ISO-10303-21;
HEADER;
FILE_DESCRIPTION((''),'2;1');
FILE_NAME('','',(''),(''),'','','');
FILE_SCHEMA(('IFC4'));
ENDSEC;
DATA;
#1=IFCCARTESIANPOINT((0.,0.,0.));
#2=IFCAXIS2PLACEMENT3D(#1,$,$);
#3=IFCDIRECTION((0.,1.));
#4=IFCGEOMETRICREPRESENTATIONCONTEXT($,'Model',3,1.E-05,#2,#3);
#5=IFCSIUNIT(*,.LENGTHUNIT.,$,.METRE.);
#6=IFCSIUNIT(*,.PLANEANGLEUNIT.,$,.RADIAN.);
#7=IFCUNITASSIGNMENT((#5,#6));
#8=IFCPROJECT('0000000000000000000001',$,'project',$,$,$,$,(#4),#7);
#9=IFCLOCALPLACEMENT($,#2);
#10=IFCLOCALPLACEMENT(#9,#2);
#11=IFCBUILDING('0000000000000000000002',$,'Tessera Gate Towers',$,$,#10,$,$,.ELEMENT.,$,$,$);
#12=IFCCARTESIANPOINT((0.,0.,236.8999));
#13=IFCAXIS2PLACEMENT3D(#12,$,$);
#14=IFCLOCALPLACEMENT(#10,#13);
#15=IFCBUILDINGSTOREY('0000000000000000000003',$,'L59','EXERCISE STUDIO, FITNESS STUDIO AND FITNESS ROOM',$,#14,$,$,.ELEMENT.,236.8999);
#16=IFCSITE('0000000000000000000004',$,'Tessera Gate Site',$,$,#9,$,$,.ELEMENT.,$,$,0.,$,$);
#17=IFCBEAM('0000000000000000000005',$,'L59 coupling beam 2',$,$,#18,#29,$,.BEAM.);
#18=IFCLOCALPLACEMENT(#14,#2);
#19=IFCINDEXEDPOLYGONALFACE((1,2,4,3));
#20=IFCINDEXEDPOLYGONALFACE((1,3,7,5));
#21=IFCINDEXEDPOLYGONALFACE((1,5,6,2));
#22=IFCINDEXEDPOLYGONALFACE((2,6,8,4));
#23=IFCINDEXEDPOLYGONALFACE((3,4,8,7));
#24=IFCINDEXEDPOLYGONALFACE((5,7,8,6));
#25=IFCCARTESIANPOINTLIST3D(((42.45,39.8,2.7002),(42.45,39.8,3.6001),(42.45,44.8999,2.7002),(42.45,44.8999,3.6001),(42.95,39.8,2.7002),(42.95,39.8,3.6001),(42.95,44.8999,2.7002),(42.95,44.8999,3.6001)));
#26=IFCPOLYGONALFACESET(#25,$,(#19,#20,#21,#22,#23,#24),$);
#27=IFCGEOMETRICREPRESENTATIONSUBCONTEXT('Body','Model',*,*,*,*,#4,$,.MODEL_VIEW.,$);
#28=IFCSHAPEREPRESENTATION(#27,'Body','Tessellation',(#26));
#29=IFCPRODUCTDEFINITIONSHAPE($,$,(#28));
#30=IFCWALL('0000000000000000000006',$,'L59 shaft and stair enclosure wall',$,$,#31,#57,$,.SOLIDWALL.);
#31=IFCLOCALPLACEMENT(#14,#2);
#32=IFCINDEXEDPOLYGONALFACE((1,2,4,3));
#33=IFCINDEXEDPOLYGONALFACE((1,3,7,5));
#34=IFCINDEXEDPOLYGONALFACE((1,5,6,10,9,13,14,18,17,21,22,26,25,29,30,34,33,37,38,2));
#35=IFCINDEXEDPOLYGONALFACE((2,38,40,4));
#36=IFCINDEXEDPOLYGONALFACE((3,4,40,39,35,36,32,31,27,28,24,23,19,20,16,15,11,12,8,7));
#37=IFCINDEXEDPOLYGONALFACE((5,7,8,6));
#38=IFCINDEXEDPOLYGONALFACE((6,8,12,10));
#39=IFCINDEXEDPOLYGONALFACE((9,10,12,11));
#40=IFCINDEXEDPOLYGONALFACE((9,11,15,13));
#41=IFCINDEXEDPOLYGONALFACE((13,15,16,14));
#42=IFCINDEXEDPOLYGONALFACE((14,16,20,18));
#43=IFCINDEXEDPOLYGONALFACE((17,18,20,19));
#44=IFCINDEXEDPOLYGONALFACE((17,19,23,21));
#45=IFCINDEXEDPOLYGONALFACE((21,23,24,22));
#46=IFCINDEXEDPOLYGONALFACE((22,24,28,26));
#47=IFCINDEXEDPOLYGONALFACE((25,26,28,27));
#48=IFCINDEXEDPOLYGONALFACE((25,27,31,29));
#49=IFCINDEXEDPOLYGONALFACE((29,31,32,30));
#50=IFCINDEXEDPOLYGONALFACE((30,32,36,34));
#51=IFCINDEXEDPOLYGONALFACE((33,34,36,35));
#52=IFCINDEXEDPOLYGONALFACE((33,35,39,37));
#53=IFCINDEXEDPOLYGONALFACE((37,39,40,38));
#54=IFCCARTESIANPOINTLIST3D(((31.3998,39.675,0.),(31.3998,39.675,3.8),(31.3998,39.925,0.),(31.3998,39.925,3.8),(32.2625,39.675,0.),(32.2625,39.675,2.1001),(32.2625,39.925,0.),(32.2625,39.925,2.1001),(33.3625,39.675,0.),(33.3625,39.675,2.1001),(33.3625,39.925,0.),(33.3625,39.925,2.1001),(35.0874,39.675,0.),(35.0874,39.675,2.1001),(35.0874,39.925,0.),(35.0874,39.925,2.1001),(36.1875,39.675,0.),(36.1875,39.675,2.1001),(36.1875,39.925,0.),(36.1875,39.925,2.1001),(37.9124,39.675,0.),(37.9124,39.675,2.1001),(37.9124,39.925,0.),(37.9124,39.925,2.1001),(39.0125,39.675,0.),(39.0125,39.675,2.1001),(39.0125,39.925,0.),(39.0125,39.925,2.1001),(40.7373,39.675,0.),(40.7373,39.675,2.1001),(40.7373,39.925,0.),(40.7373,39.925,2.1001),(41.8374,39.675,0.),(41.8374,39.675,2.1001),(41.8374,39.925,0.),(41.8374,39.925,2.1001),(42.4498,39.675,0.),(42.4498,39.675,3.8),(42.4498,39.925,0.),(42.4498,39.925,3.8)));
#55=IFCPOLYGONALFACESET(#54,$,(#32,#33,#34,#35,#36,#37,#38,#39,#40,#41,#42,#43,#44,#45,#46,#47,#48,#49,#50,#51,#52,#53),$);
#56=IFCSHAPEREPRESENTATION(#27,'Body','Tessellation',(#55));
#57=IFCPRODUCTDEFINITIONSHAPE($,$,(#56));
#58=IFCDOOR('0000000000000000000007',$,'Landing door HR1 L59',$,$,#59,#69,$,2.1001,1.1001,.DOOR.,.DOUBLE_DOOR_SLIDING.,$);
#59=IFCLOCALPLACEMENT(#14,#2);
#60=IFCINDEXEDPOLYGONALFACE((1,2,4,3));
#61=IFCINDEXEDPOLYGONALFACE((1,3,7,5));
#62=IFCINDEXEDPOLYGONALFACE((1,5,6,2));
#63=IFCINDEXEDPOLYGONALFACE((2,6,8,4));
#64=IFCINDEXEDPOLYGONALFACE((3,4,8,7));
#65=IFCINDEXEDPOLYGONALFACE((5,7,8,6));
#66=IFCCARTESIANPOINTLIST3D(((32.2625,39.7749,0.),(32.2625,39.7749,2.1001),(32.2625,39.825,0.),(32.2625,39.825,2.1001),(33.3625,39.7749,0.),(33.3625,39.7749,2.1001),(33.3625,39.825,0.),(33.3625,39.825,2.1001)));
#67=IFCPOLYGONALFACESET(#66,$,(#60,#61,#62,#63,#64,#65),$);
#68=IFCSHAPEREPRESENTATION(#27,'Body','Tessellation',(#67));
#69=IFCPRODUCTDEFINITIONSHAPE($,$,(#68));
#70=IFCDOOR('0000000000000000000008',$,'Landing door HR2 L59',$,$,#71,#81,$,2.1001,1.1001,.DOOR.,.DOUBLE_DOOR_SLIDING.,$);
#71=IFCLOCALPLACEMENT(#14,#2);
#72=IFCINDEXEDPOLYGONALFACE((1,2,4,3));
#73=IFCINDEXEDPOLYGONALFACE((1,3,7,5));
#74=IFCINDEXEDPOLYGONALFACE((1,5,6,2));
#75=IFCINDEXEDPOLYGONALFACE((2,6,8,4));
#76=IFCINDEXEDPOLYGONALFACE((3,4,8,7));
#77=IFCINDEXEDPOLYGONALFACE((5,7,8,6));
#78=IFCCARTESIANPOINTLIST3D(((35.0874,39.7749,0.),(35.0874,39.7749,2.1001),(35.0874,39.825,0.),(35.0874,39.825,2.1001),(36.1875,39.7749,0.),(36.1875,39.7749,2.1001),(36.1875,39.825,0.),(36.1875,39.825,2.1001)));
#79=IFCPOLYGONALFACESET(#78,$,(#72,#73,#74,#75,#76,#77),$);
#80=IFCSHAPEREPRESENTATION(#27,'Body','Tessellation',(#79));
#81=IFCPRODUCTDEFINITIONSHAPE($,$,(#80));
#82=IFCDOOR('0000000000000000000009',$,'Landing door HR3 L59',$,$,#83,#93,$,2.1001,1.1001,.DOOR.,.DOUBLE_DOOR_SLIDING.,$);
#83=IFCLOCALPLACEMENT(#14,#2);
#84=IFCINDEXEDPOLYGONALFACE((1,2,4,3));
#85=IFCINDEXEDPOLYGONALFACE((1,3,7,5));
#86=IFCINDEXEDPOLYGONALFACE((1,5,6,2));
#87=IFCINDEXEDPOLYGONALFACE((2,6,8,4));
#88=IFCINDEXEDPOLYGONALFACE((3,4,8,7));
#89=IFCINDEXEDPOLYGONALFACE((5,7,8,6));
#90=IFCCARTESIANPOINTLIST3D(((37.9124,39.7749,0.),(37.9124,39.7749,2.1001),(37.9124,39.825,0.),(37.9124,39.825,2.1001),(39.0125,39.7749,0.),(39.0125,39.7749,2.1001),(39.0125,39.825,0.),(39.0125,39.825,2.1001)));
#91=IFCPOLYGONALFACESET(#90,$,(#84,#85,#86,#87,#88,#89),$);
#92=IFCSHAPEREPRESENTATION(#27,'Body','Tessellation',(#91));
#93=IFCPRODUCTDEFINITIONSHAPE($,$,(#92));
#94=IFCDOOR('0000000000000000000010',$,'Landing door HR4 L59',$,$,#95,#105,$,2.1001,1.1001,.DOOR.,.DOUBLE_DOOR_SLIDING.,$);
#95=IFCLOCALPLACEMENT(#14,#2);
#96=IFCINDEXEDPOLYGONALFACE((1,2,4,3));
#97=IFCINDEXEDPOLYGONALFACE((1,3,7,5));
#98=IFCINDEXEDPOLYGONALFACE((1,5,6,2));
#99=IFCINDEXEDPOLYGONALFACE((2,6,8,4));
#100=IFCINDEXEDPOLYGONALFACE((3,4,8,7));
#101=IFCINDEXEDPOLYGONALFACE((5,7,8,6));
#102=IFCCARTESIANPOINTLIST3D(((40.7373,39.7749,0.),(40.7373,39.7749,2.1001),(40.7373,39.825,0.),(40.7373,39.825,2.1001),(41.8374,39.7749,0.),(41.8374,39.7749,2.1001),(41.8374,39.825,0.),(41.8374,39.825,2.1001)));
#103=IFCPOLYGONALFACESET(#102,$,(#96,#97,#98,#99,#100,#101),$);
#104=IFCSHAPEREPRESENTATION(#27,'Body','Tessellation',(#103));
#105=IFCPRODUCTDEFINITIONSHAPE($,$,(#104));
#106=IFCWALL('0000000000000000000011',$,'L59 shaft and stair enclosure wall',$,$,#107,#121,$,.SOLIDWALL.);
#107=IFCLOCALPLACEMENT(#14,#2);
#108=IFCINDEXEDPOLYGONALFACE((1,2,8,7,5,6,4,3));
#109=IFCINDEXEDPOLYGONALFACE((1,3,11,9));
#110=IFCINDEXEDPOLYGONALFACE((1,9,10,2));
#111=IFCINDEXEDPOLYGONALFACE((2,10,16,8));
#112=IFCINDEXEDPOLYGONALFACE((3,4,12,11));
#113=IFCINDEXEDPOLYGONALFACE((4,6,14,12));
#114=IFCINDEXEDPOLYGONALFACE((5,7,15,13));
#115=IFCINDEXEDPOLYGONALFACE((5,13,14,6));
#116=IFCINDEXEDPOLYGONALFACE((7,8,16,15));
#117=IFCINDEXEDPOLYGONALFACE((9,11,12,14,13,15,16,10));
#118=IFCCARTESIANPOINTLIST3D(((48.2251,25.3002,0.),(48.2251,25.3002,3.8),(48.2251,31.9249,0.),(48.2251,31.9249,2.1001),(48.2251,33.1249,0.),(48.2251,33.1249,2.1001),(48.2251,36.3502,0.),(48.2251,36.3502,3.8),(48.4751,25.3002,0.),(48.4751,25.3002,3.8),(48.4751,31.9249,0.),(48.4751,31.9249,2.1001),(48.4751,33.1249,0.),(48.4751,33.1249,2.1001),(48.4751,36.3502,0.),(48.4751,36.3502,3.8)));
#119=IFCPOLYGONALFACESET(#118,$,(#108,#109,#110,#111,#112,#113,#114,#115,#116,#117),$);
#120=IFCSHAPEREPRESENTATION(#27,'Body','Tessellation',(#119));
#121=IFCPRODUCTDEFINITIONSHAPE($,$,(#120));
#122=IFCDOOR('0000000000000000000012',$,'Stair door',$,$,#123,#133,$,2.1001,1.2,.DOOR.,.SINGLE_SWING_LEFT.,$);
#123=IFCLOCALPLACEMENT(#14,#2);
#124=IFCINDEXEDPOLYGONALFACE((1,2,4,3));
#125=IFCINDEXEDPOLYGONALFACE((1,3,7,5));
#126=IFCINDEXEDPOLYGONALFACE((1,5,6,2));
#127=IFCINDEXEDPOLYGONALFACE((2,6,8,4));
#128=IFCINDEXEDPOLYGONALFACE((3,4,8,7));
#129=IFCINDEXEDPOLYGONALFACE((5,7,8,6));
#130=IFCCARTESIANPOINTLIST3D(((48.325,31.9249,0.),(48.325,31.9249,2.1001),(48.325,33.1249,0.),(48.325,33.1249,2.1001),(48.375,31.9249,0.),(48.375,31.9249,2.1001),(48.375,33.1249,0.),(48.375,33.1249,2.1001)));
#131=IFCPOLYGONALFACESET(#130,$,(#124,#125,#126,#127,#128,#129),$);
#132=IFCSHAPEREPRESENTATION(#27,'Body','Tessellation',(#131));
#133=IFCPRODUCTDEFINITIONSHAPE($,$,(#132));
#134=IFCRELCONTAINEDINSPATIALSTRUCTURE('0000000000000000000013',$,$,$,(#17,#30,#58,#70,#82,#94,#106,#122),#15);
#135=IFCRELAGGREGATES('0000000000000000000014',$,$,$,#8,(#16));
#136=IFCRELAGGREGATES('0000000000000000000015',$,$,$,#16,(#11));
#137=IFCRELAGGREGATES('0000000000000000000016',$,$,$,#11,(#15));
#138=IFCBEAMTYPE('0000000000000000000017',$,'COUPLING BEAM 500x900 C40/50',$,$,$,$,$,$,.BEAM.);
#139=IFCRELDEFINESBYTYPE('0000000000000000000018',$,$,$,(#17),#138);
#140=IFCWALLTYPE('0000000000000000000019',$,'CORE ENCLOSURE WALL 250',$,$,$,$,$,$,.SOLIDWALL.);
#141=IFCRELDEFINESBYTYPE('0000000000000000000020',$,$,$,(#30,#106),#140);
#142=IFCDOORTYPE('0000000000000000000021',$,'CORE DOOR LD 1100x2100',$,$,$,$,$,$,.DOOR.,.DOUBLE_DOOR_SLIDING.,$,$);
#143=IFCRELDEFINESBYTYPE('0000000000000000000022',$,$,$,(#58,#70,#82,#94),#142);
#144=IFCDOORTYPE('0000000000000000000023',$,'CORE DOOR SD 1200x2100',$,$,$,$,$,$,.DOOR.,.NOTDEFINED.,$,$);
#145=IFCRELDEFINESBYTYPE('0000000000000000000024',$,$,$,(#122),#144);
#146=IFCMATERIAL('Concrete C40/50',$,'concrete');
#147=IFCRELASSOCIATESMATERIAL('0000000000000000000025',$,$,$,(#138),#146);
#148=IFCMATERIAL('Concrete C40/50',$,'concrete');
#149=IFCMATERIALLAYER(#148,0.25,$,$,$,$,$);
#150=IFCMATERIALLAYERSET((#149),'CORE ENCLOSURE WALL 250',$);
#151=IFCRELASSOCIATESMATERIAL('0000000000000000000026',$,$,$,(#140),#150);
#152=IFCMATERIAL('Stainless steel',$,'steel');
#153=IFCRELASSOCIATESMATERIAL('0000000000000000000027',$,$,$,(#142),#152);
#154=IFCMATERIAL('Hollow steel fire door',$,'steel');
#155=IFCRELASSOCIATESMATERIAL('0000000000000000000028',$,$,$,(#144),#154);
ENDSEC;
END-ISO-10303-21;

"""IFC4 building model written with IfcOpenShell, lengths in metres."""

from ifc_helpers import new_model, si_unit, direction, frame, frame_2d, origin, origin_2d, place, context, subcontext, project, spatial, rectangle, extrude, source, transform, mapped, material, layer, layer_set, material_profile, profile_set, type_object, element, fill, save


model = new_model("IFC4")

# Units and contexts
model_context = context("Model", 3, precision=1e-05, world=origin(), true_north=direction((0.0, 1.0)))
body_context = subcontext(model_context, "Body", "Model", "MODEL_VIEW")
ifc_project = project(units=[si_unit("LENGTHUNIT", "METRE"), si_unit("PLANEANGLEUNIT", "RADIAN")], contexts=[model_context])

# Site, building, storey
site_placement = place(None, origin())
site = spatial("IfcSite", under=ifc_project, at=site_placement, Name="Tessera Gate Site", CompositionType="ELEMENT", RefElevation=0.0)
building_placement = place(site_placement, origin())
building = spatial("IfcBuilding", under=site, at=building_placement, Name="Tessera Gate Towers", CompositionType="ELEMENT")
storey_placement = place(building_placement, frame((0.0, 0.0, 236.8999)))
storey = spatial("IfcBuildingStorey", under=building, at=storey_placement, Name="L59", Description="EXERCISE STUDIO, FITNESS STUDIO AND FITNESS ROOM", CompositionType="ELEMENT", Elevation=236.8999)

# Beam
ifc_material_1 = material(Name="Concrete C40/50", Category="concrete")
ifc_material_profile = material_profile(ifc_material_1, rectangle(XDim=0.5, YDim=0.8999, at=origin_2d()), Name="RC 500x900")
ifc_profile_set = profile_set([ifc_material_profile], Name="Concrete C40/50")
beam_type = type_object("IfcBeamType", Name="COUPLING BEAM 500x900 C40/50", PredefinedType="BEAM", material=ifc_profile_set)
beam_placement = place(storey_placement, frame((42.7, 39.8, 3.1501), z_axis=(0.0, 1.0, 0.0), x_axis=(-1.0, 0.0, 0.0)))
element("IfcBeam", 1, at=beam_placement, inside=storey, type_object=beam_type, Name="L59 coupling beam 2", PredefinedType="BEAM", context=body_context, shape_type="SweptSolid", body=[
    extrude(rectangle(XDim=0.5, YDim=0.8999, at=origin_2d()), origin(), (0.0, 0.0, 1.0), 5.0999),
])

# Wall, openings, doors
ifc_material_2 = material(Name="Concrete C40/50", Category="concrete")
ifc_layer_1 = layer(ifc_material_2, 0.25)
ifc_layer_set_1 = layer_set([ifc_layer_1], Name="CORE ENCLOSURE WALL 250")
wall_type_1 = type_object("IfcWallType", Name="CORE ENCLOSURE WALL 250", PredefinedType="SOLIDWALL", material=ifc_layer_set_1)
wall_1_placement = place(storey_placement, frame((31.3999, 39.8, 0.0), z_axis=(0.0, 0.0, 1.0), x_axis=(1.0, 0.0, 0.0)))
wall_1 = element("IfcWall", 2, at=wall_1_placement, inside=storey, type_object=wall_type_1, Name="L59 shaft and stair enclosure wall", PredefinedType="SOLIDWALL", context=body_context, shape_type="SweptSolid", body=[
    extrude(rectangle(XDim=11.05, YDim=0.25, at=frame_2d((5.5249, 0.0))), origin(), (0.0, 0.0, 1.0), 3.8),
])
shared_shape_1 = source(origin(), body_context, "Body", "SweptSolid", [
    extrude(rectangle(XDim=1.1001, YDim=2.1001, at=frame_2d((0.55, 1.05))), frame((0.0, 0.135, 0.0), z_axis=(0.0, -1.0, 0.0), x_axis=(1.0, 0.0, 0.0)), (0.0, 0.0, 1.0), 0.27),
])
opening_1_placement = place(wall_1_placement, frame((0.8625, 0.0, 0.0)))
opening_1 = element("IfcOpeningElement", 3, at=opening_1_placement, cuts=wall_1, PredefinedType="OPENING", context=body_context, shape_type="MappedRepresentation", body=[
    mapped(shared_shape_1, transform((0.0, 0.0, 0.0), scale=1.0)),
])
opening_2_placement = place(wall_1_placement, frame((3.6875, 0.0, 0.0)))
opening_2 = element("IfcOpeningElement", 4, at=opening_2_placement, cuts=wall_1, PredefinedType="OPENING", context=body_context, shape_type="MappedRepresentation", body=[
    mapped(shared_shape_1, transform((0.0, 0.0, 0.0), scale=1.0)),
])
opening_3_placement = place(wall_1_placement, frame((6.5125, 0.0, 0.0)))
opening_3 = element("IfcOpeningElement", 5, at=opening_3_placement, cuts=wall_1, PredefinedType="OPENING", context=body_context, shape_type="MappedRepresentation", body=[
    mapped(shared_shape_1, transform((0.0, 0.0, 0.0), scale=1.0)),
])
opening_4_placement = place(wall_1_placement, frame((9.3374, 0.0, 0.0)))
opening_4 = element("IfcOpeningElement", 6, at=opening_4_placement, cuts=wall_1, PredefinedType="OPENING", context=body_context, shape_type="MappedRepresentation", body=[
    mapped(shared_shape_1, transform((0.0, 0.0, 0.0), scale=1.0)),
])
ifc_material_3 = material(Name="Stainless steel", Category="steel")
door_type_1 = type_object("IfcDoorType", Name="CORE DOOR LD 1100x2100", OperationType="DOUBLE_DOOR_SLIDING", PredefinedType="DOOR", material=ifc_material_3)
shared_shape_2 = source(origin(), body_context, "Body", "SweptSolid", [
    extrude(rectangle(XDim=1.1001, YDim=2.1001, at=frame_2d((0.55, 1.05))), frame((0.0, 0.0249, 0.0), z_axis=(0.0, -1.0, 0.0), x_axis=(1.0, 0.0, 0.0)), (0.0, 0.0, 1.0), 0.05),
])
door_1_placement = place(opening_1_placement, origin())
door_1 = element("IfcDoor", 7, at=door_1_placement, inside=storey, type_object=door_type_1, Name="Landing door HR1 L59", OperationType="DOUBLE_DOOR_SLIDING", OverallHeight=2.1001, OverallWidth=1.1001, PredefinedType="DOOR", context=body_context, shape_type="MappedRepresentation", body=[
    mapped(shared_shape_2, transform((0.0, 0.0, 0.0), scale=1.0)),
])
fill(opening_1, door_1)
door_2_placement = place(opening_2_placement, origin())
door_2 = element("IfcDoor", 8, at=door_2_placement, inside=storey, type_object=door_type_1, Name="Landing door HR2 L59", OperationType="DOUBLE_DOOR_SLIDING", OverallHeight=2.1001, OverallWidth=1.1001, PredefinedType="DOOR", context=body_context, shape_type="MappedRepresentation", body=[
    mapped(shared_shape_2, transform((0.0, 0.0, 0.0), scale=1.0)),
])
fill(opening_2, door_2)
door_3_placement = place(opening_3_placement, origin())
door_3 = element("IfcDoor", 9, at=door_3_placement, inside=storey, type_object=door_type_1, Name="Landing door HR3 L59", OperationType="DOUBLE_DOOR_SLIDING", OverallHeight=2.1001, OverallWidth=1.1001, PredefinedType="DOOR", context=body_context, shape_type="MappedRepresentation", body=[
    mapped(shared_shape_2, transform((0.0, 0.0, 0.0), scale=1.0)),
])
fill(opening_3, door_3)
door_4_placement = place(opening_4_placement, origin())
door_4 = element("IfcDoor", 10, at=door_4_placement, inside=storey, type_object=door_type_1, Name="Landing door HR4 L59", OperationType="DOUBLE_DOOR_SLIDING", OverallHeight=2.1001, OverallWidth=1.1001, PredefinedType="DOOR", context=body_context, shape_type="MappedRepresentation", body=[
    mapped(shared_shape_2, transform((0.0, 0.0, 0.0), scale=1.0)),
])
fill(opening_4, door_4)

# Wall, opening, door
wall_2_placement = place(storey_placement, frame((48.3501, 36.3501, 0.0), z_axis=(0.0, 0.0, 1.0), x_axis=(0.0, -1.0, 0.0)))
wall_2 = element("IfcWall", 11, at=wall_2_placement, inside=storey, type_object=wall_type_1, Name="L59 shaft and stair enclosure wall", PredefinedType="SOLIDWALL", context=body_context, shape_type="SweptSolid", body=[
    extrude(rectangle(XDim=11.05, YDim=0.25, at=frame_2d((5.5249, 0.0))), origin(), (0.0, 0.0, 1.0), 3.8),
])
shared_shape_3 = source(origin(), body_context, "Body", "SweptSolid", [
    extrude(rectangle(XDim=1.2, YDim=2.1001, at=frame_2d((0.6001, 1.05))), frame((0.0, 0.135, 0.0), z_axis=(0.0, -1.0, 0.0), x_axis=(1.0, 0.0, 0.0)), (0.0, 0.0, 1.0), 0.27),
])
opening_5_placement = place(wall_2_placement, frame((3.2251, 0.0, 0.0)))
opening_5 = element("IfcOpeningElement", 12, at=opening_5_placement, cuts=wall_2, PredefinedType="OPENING", context=body_context, shape_type="MappedRepresentation", body=[
    mapped(shared_shape_3, transform((0.0, 0.0, 0.0), scale=1.0)),
])
ifc_material_4 = material(Name="Hollow steel fire door", Category="steel")
door_type_2 = type_object("IfcDoorType", Name="CORE DOOR SD 1200x2100", OperationType="NOTDEFINED", PredefinedType="DOOR", material=ifc_material_4)
shared_shape_4 = source(origin(), body_context, "Body", "SweptSolid", [
    extrude(rectangle(XDim=1.2, YDim=2.1001, at=frame_2d((0.6001, 1.05))), frame((0.0, 0.0249, 0.0), z_axis=(0.0, -1.0, 0.0), x_axis=(1.0, 0.0, 0.0)), (0.0, 0.0, 1.0), 0.05),
])
door_5_placement = place(opening_5_placement, origin())
door_5 = element("IfcDoor", 13, at=door_5_placement, inside=storey, type_object=door_type_2, Name="Stair door", OperationType="SINGLE_SWING_LEFT", OverallHeight=2.1001, OverallWidth=1.2, PredefinedType="DOOR", context=body_context, shape_type="MappedRepresentation", body=[
    mapped(shared_shape_4, transform((0.0, 0.0, 0.0), scale=1.0)),
])
fill(opening_5, door_5)

save(model, "model.ifc")
